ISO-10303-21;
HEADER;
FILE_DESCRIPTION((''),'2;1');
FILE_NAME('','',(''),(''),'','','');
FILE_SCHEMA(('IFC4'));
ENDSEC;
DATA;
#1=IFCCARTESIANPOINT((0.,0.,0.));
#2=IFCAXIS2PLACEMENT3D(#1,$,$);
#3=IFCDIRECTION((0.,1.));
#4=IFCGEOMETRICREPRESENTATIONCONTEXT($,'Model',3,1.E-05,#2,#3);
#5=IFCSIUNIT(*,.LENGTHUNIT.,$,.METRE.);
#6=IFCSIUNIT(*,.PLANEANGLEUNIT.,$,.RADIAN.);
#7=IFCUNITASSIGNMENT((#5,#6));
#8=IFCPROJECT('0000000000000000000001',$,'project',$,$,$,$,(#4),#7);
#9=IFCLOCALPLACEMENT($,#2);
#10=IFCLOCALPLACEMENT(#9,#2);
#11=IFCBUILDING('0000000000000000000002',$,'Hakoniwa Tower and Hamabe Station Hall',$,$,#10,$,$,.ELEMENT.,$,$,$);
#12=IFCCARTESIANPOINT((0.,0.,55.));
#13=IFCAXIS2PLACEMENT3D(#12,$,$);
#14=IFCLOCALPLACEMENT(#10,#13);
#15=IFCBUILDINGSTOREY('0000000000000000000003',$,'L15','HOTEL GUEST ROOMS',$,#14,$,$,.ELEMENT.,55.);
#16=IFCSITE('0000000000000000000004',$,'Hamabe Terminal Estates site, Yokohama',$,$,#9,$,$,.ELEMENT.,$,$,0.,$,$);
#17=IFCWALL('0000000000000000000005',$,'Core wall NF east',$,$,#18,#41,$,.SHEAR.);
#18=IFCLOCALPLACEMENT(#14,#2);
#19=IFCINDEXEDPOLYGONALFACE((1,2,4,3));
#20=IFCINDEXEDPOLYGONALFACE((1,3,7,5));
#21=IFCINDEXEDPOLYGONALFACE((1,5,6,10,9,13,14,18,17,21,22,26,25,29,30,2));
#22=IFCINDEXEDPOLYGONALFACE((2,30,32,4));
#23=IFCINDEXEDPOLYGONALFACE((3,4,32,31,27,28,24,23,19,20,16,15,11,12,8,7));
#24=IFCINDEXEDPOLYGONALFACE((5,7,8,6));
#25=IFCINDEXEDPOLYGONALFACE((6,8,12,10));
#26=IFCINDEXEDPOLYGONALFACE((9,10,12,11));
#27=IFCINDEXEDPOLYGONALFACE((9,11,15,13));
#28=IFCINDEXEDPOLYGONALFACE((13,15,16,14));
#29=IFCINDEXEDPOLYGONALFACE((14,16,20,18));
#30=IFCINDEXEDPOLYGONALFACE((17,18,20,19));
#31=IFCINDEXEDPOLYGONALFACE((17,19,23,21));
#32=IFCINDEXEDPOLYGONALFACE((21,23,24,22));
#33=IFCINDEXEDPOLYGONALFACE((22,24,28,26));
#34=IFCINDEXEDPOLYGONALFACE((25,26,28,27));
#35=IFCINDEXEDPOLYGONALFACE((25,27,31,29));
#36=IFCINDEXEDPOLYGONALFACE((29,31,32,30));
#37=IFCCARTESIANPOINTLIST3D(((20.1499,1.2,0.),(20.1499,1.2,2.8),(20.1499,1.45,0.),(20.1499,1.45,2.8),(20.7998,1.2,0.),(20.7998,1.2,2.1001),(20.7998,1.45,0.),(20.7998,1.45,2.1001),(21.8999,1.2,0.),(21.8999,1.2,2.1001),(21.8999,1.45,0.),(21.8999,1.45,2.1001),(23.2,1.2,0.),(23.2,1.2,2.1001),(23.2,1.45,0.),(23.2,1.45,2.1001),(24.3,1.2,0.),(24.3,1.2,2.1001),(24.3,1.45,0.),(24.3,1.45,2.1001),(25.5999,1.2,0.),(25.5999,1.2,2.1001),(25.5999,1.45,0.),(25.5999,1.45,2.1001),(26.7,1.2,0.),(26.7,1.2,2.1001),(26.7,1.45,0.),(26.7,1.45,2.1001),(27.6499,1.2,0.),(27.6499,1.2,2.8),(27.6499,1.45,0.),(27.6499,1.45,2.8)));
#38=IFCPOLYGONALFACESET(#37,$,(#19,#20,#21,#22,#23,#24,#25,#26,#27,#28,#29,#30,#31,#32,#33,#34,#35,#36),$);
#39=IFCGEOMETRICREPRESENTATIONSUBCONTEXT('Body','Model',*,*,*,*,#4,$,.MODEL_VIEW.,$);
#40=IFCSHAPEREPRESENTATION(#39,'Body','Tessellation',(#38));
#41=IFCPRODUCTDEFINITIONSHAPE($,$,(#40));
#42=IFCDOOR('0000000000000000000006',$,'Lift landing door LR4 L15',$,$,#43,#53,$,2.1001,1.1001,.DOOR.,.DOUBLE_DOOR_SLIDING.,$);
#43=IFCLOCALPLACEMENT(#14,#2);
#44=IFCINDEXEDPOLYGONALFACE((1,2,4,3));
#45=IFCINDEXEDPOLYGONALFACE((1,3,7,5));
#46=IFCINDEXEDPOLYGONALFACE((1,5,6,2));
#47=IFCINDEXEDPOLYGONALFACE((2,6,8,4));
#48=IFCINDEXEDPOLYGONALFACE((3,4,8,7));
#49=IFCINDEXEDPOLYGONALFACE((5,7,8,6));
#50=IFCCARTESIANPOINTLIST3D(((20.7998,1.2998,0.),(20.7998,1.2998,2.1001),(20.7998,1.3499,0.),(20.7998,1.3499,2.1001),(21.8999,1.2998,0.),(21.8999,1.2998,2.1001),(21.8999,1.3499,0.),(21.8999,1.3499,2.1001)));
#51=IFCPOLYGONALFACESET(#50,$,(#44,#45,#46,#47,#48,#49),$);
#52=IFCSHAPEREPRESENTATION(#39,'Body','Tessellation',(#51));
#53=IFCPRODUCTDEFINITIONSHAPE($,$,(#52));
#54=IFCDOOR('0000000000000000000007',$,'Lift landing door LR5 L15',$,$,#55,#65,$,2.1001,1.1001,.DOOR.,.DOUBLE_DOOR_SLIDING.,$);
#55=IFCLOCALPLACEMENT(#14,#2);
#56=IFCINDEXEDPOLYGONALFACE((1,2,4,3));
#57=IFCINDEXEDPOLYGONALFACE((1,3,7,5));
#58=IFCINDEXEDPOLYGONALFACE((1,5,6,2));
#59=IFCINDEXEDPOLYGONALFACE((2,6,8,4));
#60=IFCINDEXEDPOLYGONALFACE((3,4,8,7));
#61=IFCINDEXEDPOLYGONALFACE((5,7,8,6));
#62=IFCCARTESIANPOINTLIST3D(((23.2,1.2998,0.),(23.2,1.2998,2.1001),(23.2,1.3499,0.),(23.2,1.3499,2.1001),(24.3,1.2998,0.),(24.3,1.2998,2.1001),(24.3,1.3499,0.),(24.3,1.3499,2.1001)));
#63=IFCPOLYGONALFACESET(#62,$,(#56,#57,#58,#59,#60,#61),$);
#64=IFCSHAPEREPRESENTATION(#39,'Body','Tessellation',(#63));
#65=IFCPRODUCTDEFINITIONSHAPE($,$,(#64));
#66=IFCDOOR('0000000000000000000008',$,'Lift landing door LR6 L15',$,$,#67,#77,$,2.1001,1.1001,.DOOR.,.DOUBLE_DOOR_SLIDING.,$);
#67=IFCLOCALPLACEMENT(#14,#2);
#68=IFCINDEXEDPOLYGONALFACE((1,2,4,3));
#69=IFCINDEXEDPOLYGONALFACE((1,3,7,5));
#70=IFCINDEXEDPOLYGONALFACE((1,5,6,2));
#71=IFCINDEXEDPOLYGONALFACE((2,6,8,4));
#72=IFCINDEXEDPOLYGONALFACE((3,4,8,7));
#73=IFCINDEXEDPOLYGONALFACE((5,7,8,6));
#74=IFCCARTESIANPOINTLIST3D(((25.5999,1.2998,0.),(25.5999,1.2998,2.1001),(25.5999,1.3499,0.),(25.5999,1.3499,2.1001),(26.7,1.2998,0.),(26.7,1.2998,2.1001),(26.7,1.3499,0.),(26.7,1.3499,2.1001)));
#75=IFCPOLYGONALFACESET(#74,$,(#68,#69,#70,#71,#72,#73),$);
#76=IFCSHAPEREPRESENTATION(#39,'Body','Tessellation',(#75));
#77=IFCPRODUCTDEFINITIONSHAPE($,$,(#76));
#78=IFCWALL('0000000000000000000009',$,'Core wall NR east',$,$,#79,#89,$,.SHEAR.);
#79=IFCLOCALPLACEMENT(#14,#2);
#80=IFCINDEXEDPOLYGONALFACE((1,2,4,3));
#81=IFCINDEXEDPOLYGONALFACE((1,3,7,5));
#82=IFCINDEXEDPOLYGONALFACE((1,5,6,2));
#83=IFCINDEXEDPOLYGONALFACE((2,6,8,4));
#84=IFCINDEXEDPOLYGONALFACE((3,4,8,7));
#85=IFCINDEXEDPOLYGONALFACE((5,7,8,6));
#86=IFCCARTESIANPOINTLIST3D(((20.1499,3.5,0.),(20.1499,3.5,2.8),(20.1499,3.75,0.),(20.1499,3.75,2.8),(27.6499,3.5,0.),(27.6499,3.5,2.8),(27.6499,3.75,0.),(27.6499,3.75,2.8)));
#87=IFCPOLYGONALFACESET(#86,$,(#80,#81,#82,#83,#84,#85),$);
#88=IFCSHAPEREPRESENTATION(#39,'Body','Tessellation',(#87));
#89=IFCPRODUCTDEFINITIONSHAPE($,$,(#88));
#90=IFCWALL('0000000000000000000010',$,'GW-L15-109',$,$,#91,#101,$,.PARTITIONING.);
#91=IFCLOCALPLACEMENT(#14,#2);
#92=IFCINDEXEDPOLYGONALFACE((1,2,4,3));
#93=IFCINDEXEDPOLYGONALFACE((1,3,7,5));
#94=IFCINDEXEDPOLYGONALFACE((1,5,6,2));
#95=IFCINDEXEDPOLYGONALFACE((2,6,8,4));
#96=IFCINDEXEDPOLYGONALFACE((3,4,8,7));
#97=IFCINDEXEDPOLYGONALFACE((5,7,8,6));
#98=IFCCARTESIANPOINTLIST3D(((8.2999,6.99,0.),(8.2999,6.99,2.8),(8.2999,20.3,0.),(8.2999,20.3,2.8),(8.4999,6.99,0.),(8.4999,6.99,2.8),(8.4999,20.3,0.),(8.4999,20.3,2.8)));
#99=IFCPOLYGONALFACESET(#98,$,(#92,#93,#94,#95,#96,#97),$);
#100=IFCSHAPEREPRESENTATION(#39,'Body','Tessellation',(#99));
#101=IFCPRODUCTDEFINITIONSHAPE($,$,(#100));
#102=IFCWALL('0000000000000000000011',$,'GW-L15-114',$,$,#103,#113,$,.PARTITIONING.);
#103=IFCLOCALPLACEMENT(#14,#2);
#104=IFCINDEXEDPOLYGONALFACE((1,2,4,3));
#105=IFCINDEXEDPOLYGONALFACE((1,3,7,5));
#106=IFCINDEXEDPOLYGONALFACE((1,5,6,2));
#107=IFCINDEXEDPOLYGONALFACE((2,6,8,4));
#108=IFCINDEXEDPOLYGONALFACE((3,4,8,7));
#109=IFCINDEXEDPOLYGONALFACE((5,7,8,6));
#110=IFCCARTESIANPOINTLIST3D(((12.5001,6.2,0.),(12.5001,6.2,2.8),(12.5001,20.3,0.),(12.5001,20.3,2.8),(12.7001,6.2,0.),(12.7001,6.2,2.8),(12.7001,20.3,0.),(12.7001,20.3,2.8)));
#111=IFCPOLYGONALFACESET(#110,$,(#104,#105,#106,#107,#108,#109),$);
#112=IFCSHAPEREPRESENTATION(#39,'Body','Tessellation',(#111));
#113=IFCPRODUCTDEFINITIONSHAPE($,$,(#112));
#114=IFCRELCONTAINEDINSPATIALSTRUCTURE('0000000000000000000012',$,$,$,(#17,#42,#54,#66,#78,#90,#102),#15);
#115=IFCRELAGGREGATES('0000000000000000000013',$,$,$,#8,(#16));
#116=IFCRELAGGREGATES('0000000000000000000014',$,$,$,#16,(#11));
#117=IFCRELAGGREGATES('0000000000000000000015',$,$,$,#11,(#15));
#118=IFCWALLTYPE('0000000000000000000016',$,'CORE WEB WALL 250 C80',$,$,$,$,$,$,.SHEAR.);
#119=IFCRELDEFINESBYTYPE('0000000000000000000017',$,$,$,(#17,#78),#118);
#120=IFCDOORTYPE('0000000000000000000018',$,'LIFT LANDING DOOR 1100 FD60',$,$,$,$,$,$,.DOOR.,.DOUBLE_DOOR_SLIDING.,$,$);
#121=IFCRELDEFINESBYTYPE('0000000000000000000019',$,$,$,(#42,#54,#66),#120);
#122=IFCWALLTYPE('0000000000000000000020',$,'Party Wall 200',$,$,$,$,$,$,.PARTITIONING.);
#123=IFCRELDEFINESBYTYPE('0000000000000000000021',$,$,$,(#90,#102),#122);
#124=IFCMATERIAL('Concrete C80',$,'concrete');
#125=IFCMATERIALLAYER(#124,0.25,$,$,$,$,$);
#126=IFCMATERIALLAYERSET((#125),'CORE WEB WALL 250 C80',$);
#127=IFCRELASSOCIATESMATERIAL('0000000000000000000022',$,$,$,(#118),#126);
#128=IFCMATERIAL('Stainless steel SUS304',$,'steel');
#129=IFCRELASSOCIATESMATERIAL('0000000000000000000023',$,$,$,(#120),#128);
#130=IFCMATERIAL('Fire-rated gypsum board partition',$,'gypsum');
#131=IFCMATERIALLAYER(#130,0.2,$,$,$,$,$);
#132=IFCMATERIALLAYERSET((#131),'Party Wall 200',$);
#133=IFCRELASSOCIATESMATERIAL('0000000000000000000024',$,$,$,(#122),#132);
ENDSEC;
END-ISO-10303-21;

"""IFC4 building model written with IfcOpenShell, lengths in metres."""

from ifc_helpers import new_model, si_unit, direction, frame, frame_2d, origin, place, context, subcontext, project, spatial, rectangle, extrude, material, layer, layer_set, type_object, element, fill, save


model = new_model("IFC4")

# Units and contexts
model_context = context("Model", 3, precision=1e-05, world=origin(), true_north=direction((0.0, 1.0)))
body_context = subcontext(model_context, "Body", "Model", "MODEL_VIEW")
ifc_project = project(units=[si_unit("LENGTHUNIT", "METRE"), si_unit("PLANEANGLEUNIT", "RADIAN")], contexts=[model_context])

# Site, building, storey
site_placement = place(None, origin())
site = spatial("IfcSite", under=ifc_project, at=site_placement, Name="Hamabe Terminal Estates site, Yokohama", CompositionType="ELEMENT", RefElevation=0.0)
building_placement = place(site_placement, origin())
building = spatial("IfcBuilding", under=site, at=building_placement, Name="Hakoniwa Tower and Hamabe Station Hall", CompositionType="ELEMENT")
storey_placement = place(building_placement, frame((0.0, 0.0, 55.0)))
storey = spatial("IfcBuildingStorey", under=building, at=storey_placement, Name="L15", Description="HOTEL GUEST ROOMS", CompositionType="ELEMENT", Elevation=55.0)

# Shared definitions
ifc_material_1 = material(Name="Concrete C80", Category="concrete")
ifc_layer_1 = layer(ifc_material_1, 0.25)
ifc_layer_set_1 = layer_set([ifc_layer_1], Name="CORE WEB WALL 250 C80")
wall_type_1 = type_object("IfcWallType", Name="CORE WEB WALL 250 C80", PredefinedType="SHEAR", material=ifc_layer_set_1)

# Wall, openings, doors
wall_1_placement = place(storey_placement, frame((20.1499, 1.325, 0.0), z_axis=(0.0, 0.0, 1.0), x_axis=(1.0, 0.0, 0.0)))
wall_1 = element("IfcWall", 1, at=wall_1_placement, inside=storey, type_object=wall_type_1, Name="Core wall NF east", PredefinedType="SHEAR", context=body_context, shape_type="SweptSolid", body=[
    extrude(rectangle(XDim=7.5, YDim=0.25, at=frame_2d((3.75, 0.0))), origin(), (0.0, 0.0, 1.0), 2.8),
])
opening_1_placement = place(wall_1_placement, frame((0.6499, 0.0, 0.0)))
opening_1 = element("IfcOpeningElement", 2, at=opening_1_placement, cuts=wall_1, PredefinedType="OPENING", context=body_context, shape_type="SweptSolid", body=[
    extrude(rectangle(XDim=1.1001, YDim=2.1001, at=frame_2d((0.55, 1.05))), frame((0.0, 0.135, 0.0), z_axis=(0.0, -1.0, 0.0), x_axis=(1.0, 0.0, 0.0)), (0.0, 0.0, 1.0), 0.27),
])
opening_2_placement = place(wall_1_placement, frame((3.05, 0.0, 0.0)))
opening_2 = element("IfcOpeningElement", 3, at=opening_2_placement, cuts=wall_1, PredefinedType="OPENING", context=body_context, shape_type="SweptSolid", body=[
    extrude(rectangle(XDim=1.1001, YDim=2.1001, at=frame_2d((0.55, 1.05))), frame((0.0, 0.135, 0.0), z_axis=(0.0, -1.0, 0.0), x_axis=(1.0, 0.0, 0.0)), (0.0, 0.0, 1.0), 0.27),
])
opening_3_placement = place(wall_1_placement, frame((5.45, 0.0, 0.0)))
opening_3 = element("IfcOpeningElement", 4, at=opening_3_placement, cuts=wall_1, PredefinedType="OPENING", context=body_context, shape_type="SweptSolid", body=[
    extrude(rectangle(XDim=1.1001, YDim=2.1001, at=frame_2d((0.55, 1.05))), frame((0.0, 0.135, 0.0), z_axis=(0.0, -1.0, 0.0), x_axis=(1.0, 0.0, 0.0)), (0.0, 0.0, 1.0), 0.27),
])
ifc_material_2 = material(Name="Stainless steel SUS304", Category="steel")
door_type_1 = type_object("IfcDoorType", Name="LIFT LANDING DOOR 1100 FD60", OperationType="DOUBLE_DOOR_SLIDING", PredefinedType="DOOR", material=ifc_material_2)
door_1_placement = place(opening_1_placement, origin())
door_1 = element("IfcDoor", 5, at=door_1_placement, inside=storey, type_object=door_type_1, Name="Lift landing door LR4 L15", OperationType="DOUBLE_DOOR_SLIDING", OverallHeight=2.1001, OverallWidth=1.1001, PredefinedType="DOOR", context=body_context, shape_type="SweptSolid", body=[
    extrude(rectangle(XDim=1.1001, YDim=2.1001, at=frame_2d((0.55, 1.05))), frame((0.0, 0.0249, 0.0), z_axis=(0.0, -1.0, 0.0), x_axis=(1.0, 0.0, 0.0)), (0.0, 0.0, 1.0), 0.05),
])
fill(opening_1, door_1)
door_2_placement = place(opening_2_placement, origin())
door_2 = element("IfcDoor", 6, at=door_2_placement, inside=storey, type_object=door_type_1, Name="Lift landing door LR5 L15", OperationType="DOUBLE_DOOR_SLIDING", OverallHeight=2.1001, OverallWidth=1.1001, PredefinedType="DOOR", context=body_context, shape_type="SweptSolid", body=[
    extrude(rectangle(XDim=1.1001, YDim=2.1001, at=frame_2d((0.55, 1.05))), frame((0.0, 0.0249, 0.0), z_axis=(0.0, -1.0, 0.0), x_axis=(1.0, 0.0, 0.0)), (0.0, 0.0, 1.0), 0.05),
])
fill(opening_2, door_2)
door_3_placement = place(opening_3_placement, origin())
door_3 = element("IfcDoor", 7, at=door_3_placement, inside=storey, type_object=door_type_1, Name="Lift landing door LR6 L15", OperationType="DOUBLE_DOOR_SLIDING", OverallHeight=2.1001, OverallWidth=1.1001, PredefinedType="DOOR", context=body_context, shape_type="SweptSolid", body=[
    extrude(rectangle(XDim=1.1001, YDim=2.1001, at=frame_2d((0.55, 1.05))), frame((0.0, 0.0249, 0.0), z_axis=(0.0, -1.0, 0.0), x_axis=(1.0, 0.0, 0.0)), (0.0, 0.0, 1.0), 0.05),
])
fill(opening_3, door_3)

# Walls
wall_2_placement = place(storey_placement, frame((20.1499, 3.625, 0.0), z_axis=(0.0, 0.0, 1.0), x_axis=(1.0, 0.0, 0.0)))
element("IfcWall", 8, at=wall_2_placement, inside=storey, type_object=wall_type_1, Name="Core wall NR east", PredefinedType="SHEAR", context=body_context, shape_type="SweptSolid", body=[
    extrude(rectangle(XDim=7.5, YDim=0.25, at=frame_2d((3.75, 0.0))), origin(), (0.0, 0.0, 1.0), 2.8),
])
ifc_material_3 = material(Name="Fire-rated gypsum board partition", Category="gypsum")
ifc_layer_2 = layer(ifc_material_3, 0.2)
ifc_layer_set_2 = layer_set([ifc_layer_2], Name="Party Wall 200")
wall_type_2 = type_object("IfcWallType", Name="Party Wall 200", PredefinedType="PARTITIONING", material=ifc_layer_set_2)
wall_3_placement = place(storey_placement, frame((8.3999, 6.99, 0.0), z_axis=(0.0, 0.0, 1.0), x_axis=(0.0, 1.0, 0.0)))
element("IfcWall", 9, at=wall_3_placement, inside=storey, type_object=wall_type_2, Name="GW-L15-109", PredefinedType="PARTITIONING", context=body_context, shape_type="SweptSolid", body=[
    extrude(rectangle(XDim=13.3101, YDim=0.2, at=frame_2d((6.655, 0.0))), origin(), (0.0, 0.0, 1.0), 2.8),
])
wall_4_placement = place(storey_placement, frame((12.6001, 6.2, 0.0), z_axis=(0.0, 0.0, 1.0), x_axis=(0.0, 1.0, 0.0)))
element("IfcWall", 10, at=wall_4_placement, inside=storey, type_object=wall_type_2, Name="GW-L15-114", PredefinedType="PARTITIONING", context=body_context, shape_type="SweptSolid", body=[
    extrude(rectangle(XDim=14.1001, YDim=0.2, at=frame_2d((7.05, 0.0))), origin(), (0.0, 0.0, 1.0), 2.8),
])

save(model, "model.ifc")
